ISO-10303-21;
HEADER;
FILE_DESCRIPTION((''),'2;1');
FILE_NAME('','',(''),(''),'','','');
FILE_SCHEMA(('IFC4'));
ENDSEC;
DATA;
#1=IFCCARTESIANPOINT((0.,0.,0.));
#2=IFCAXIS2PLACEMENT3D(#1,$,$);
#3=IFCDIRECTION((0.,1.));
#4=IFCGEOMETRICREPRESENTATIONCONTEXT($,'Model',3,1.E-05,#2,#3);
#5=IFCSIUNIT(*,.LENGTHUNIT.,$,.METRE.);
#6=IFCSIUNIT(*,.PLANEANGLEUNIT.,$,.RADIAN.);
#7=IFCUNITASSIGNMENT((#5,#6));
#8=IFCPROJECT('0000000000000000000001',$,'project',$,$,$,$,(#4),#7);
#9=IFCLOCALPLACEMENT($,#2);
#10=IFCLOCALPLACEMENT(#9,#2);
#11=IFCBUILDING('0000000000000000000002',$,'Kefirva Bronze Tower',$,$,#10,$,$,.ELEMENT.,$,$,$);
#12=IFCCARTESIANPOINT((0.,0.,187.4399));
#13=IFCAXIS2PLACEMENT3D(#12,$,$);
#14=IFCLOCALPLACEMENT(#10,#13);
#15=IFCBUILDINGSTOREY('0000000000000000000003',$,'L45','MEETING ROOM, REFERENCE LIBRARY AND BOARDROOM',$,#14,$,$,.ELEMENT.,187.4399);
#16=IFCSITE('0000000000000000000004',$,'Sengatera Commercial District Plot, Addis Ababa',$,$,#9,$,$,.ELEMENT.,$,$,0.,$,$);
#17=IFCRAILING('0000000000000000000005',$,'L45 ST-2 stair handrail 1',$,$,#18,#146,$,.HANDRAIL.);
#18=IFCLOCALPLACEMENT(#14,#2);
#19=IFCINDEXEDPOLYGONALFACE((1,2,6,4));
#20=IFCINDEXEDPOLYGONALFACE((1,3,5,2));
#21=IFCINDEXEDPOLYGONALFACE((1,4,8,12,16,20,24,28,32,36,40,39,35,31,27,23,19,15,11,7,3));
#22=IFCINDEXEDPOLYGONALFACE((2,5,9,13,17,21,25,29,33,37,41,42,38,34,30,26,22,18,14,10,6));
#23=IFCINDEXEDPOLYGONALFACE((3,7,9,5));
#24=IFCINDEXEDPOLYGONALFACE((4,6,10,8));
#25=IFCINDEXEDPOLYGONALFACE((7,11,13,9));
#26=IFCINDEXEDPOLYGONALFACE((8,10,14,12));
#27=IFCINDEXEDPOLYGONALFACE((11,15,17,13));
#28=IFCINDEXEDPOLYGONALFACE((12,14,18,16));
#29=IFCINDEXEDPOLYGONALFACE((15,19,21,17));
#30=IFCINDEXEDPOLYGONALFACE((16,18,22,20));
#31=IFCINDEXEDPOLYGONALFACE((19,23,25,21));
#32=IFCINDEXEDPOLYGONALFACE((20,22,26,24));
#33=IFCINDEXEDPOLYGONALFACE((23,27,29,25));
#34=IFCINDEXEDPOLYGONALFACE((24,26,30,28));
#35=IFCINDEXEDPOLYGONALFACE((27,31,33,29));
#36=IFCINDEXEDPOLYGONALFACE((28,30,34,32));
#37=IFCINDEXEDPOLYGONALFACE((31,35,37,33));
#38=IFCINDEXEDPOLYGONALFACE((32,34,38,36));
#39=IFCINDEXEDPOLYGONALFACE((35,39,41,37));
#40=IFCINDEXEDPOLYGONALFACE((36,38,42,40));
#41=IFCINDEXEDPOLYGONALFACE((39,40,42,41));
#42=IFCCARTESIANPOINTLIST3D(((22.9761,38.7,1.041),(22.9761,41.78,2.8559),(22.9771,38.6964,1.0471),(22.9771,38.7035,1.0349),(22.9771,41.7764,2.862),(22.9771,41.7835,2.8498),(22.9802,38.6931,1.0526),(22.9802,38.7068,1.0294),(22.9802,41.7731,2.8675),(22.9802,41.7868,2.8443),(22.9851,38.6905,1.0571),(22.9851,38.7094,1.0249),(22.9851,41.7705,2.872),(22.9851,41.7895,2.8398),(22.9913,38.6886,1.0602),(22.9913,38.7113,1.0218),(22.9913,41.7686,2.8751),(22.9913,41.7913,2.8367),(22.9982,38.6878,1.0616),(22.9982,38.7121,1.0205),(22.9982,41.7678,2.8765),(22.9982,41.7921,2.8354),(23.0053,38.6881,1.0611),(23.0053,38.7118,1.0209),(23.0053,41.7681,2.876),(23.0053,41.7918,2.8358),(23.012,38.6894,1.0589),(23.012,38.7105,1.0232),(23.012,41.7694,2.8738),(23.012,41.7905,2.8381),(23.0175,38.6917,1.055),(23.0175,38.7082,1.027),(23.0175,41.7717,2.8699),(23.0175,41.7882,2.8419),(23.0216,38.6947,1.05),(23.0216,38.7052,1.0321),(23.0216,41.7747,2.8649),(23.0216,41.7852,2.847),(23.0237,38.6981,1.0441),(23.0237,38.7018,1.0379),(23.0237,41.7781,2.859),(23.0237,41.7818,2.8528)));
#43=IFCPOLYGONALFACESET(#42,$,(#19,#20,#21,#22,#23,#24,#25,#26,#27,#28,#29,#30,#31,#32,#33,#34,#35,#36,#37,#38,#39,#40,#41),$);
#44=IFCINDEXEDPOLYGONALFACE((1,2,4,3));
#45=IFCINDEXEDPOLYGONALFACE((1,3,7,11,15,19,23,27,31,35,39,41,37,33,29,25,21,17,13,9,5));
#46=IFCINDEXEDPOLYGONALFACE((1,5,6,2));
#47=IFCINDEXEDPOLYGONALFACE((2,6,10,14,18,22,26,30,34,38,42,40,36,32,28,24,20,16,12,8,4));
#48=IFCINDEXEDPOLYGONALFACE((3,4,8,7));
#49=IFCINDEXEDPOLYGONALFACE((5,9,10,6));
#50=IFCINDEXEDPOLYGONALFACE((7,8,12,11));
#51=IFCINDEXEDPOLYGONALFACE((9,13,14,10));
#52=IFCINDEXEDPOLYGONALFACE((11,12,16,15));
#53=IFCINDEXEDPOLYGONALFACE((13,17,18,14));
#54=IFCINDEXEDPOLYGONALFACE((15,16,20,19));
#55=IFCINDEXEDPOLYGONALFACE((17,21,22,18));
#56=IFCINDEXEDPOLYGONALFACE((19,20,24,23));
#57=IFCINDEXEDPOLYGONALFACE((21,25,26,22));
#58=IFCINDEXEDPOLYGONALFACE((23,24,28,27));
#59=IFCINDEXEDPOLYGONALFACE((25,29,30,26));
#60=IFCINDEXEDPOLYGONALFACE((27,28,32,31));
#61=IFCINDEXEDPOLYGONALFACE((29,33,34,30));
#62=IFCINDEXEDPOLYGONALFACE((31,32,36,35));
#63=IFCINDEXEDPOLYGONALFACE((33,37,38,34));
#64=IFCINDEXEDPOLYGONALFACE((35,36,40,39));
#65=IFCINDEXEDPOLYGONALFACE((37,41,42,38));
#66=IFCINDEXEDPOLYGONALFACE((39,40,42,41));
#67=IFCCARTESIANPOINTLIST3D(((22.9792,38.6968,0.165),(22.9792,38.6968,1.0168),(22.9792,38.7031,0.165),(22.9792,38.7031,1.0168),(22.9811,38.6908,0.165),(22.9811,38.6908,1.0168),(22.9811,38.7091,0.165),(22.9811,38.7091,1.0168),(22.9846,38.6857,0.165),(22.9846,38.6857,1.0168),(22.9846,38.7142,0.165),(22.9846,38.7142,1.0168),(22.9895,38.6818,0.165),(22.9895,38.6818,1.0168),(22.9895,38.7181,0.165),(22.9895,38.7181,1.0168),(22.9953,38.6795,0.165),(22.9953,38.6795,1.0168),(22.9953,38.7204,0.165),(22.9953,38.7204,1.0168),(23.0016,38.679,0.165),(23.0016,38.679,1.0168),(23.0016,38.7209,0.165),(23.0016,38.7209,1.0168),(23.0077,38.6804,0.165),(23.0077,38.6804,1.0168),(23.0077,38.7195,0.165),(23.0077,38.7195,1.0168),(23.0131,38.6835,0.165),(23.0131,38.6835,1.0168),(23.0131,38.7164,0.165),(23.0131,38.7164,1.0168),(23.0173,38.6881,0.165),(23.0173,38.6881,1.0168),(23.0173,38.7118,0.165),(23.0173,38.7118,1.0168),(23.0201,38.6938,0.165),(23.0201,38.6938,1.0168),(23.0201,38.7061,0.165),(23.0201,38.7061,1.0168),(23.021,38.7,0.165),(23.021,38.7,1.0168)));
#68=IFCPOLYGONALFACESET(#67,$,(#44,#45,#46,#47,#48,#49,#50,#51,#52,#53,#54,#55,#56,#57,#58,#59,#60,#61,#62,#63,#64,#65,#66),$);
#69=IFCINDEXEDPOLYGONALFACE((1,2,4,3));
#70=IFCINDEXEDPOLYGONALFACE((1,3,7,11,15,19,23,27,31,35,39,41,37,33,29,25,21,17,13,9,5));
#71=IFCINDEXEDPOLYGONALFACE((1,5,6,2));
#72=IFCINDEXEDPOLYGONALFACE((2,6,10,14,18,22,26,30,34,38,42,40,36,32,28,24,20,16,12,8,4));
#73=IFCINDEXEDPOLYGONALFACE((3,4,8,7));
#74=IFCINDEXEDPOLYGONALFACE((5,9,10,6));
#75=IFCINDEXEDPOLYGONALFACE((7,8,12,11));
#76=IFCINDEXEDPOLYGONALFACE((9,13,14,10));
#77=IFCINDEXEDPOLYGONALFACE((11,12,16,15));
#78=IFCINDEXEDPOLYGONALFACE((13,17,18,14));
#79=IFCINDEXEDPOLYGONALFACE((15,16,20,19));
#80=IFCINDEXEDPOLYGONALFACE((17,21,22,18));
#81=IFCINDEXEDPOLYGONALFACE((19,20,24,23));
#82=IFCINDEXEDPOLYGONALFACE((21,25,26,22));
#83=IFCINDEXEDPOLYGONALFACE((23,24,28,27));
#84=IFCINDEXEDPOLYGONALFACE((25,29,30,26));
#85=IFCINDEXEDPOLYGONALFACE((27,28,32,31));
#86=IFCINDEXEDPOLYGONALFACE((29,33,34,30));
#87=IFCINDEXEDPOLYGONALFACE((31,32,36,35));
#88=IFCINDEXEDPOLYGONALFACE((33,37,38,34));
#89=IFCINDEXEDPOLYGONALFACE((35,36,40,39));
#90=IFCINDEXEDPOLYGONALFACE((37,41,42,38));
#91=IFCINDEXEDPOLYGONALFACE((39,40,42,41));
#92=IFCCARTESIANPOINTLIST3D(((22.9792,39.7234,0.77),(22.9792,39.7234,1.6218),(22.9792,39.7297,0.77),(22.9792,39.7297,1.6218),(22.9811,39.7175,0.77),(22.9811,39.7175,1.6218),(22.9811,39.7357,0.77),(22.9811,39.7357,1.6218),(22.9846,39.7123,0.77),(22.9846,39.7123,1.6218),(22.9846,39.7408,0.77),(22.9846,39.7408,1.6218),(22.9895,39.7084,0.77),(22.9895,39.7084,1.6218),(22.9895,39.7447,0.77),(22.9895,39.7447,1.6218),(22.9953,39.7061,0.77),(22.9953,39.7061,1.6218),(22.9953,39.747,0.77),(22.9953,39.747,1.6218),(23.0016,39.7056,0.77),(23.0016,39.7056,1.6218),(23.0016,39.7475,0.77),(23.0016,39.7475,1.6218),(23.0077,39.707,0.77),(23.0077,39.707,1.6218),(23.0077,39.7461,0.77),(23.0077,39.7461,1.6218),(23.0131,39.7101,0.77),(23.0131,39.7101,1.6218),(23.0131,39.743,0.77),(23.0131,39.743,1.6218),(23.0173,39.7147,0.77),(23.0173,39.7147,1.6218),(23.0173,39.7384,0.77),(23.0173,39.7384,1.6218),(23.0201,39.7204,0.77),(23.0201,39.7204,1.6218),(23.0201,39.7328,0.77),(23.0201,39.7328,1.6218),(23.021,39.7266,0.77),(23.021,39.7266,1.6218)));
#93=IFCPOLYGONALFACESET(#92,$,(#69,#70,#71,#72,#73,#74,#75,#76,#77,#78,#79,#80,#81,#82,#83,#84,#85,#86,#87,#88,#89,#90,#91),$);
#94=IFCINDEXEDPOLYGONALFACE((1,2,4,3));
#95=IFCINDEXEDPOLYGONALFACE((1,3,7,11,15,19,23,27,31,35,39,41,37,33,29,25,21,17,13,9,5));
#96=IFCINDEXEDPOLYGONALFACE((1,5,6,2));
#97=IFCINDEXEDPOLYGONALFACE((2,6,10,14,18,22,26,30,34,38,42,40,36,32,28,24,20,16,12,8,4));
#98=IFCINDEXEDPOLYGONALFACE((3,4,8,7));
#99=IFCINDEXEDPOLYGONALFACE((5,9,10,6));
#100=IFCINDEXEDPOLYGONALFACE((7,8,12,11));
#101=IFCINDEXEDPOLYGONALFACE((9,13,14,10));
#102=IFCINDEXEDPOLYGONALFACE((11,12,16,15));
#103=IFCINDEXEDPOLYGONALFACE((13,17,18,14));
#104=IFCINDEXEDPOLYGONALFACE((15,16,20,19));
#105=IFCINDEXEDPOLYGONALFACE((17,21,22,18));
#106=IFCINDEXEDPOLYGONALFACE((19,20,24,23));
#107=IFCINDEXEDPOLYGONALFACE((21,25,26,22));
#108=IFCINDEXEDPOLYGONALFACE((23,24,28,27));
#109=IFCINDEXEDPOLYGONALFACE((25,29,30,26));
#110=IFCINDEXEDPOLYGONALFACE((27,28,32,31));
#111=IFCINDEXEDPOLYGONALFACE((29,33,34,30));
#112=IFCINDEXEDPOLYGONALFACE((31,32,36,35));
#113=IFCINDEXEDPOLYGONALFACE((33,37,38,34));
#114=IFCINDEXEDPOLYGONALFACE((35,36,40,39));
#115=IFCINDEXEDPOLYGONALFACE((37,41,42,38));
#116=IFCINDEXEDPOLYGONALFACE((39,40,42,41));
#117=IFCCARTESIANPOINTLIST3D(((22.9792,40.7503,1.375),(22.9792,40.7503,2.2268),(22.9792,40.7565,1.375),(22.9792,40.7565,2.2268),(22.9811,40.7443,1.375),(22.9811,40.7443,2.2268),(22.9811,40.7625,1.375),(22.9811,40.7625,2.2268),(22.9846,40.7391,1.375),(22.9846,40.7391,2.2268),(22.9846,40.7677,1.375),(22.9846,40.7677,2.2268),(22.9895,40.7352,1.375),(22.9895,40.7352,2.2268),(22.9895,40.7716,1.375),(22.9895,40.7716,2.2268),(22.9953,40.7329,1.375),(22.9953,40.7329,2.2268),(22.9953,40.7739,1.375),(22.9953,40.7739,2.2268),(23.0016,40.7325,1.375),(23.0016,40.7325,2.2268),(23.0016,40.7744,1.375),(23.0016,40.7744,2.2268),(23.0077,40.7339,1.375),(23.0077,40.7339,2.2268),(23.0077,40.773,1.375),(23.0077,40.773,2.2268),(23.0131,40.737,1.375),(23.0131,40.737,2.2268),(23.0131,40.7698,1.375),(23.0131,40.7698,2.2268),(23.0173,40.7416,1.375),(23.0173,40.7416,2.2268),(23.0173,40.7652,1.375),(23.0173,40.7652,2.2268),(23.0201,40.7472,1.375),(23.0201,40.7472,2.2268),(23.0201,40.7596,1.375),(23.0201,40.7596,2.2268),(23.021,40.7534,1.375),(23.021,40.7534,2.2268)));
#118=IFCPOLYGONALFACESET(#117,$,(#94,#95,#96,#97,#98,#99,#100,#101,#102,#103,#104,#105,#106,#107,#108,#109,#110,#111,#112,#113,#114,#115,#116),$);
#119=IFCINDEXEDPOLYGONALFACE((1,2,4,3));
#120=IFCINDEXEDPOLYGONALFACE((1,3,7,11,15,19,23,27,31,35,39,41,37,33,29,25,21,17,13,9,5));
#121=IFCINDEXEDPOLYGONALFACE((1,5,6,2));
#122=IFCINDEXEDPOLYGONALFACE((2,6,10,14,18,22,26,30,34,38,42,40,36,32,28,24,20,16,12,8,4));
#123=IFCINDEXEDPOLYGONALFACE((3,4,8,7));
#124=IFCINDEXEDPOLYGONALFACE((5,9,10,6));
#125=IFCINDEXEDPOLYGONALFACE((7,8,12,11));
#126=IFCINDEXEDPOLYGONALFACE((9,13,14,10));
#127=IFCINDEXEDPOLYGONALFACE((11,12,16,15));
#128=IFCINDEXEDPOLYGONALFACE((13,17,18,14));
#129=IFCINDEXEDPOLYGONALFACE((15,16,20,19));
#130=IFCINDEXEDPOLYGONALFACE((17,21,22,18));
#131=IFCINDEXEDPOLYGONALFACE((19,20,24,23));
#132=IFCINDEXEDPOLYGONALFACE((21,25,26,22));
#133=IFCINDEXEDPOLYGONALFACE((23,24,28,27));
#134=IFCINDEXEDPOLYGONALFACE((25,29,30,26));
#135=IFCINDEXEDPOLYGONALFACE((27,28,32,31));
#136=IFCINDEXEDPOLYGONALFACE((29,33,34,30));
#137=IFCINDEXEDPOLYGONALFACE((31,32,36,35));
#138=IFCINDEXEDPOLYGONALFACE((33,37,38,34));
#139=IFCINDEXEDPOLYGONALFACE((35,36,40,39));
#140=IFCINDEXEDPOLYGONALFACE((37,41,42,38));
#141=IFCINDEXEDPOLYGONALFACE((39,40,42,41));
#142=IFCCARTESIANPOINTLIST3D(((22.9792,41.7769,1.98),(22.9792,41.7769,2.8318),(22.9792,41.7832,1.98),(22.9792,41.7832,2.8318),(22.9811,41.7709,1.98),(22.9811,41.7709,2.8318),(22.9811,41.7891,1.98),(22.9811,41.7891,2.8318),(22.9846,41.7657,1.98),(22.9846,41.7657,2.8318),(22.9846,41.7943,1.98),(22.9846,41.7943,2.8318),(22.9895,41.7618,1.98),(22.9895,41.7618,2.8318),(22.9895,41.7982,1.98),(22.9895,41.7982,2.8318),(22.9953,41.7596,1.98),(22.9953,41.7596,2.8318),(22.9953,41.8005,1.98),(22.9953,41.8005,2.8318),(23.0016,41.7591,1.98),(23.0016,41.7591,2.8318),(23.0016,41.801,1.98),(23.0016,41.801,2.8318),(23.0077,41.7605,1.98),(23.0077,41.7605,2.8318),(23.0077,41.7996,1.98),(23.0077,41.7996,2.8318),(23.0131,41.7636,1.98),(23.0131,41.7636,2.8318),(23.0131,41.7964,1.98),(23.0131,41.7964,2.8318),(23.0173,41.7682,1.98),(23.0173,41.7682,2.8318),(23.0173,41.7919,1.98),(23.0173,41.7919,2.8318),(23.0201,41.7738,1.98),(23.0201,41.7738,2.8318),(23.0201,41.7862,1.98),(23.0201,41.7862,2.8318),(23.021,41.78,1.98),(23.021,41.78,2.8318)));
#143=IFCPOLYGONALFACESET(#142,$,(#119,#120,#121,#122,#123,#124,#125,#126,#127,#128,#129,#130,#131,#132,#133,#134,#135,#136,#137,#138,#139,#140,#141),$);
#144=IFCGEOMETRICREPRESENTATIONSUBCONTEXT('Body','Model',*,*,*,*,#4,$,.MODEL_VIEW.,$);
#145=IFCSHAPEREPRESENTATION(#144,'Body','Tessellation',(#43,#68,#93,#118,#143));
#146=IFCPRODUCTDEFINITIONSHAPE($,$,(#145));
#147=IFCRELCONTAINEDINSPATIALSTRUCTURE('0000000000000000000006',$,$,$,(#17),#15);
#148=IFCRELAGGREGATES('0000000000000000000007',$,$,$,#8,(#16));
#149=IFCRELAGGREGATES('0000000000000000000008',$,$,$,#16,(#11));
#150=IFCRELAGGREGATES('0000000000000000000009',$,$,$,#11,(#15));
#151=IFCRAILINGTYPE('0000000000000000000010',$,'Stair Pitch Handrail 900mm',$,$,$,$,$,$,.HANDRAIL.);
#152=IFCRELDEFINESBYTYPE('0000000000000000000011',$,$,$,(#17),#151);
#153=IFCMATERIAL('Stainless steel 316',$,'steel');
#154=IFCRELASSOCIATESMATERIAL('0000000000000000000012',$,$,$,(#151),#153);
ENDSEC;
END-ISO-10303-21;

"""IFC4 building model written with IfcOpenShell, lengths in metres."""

from ifc_helpers import new_model, si_unit, direction, frame, origin, origin_2d, place, context, subcontext, project, spatial, circle, extrude, material, type_object, element, save


model = new_model("IFC4")

# Units and contexts
model_context = context("Model", 3, precision=1e-05, world=origin(), true_north=direction((0.0, 1.0)))
body_context = subcontext(model_context, "Body", "Model", "MODEL_VIEW")
ifc_project = project(units=[si_unit("LENGTHUNIT", "METRE"), si_unit("PLANEANGLEUNIT", "RADIAN")], contexts=[model_context])

# Site, building, storey
site_placement = place(None, origin())
site = spatial("IfcSite", under=ifc_project, at=site_placement, Name="Sengatera Commercial District Plot, Addis Ababa", CompositionType="ELEMENT", RefElevation=0.0)
building_placement = place(site_placement, origin())
building = spatial("IfcBuilding", under=site, at=building_placement, Name="Kefirva Bronze Tower", CompositionType="ELEMENT")
storey_placement = place(building_placement, frame((0.0, 0.0, 187.4399)))
storey = spatial("IfcBuildingStorey", under=building, at=storey_placement, Name="L45", Description="MEETING ROOM, REFERENCE LIBRARY AND BOARDROOM", CompositionType="ELEMENT", Elevation=187.4399)

# Railing
ifc_material_1 = material(Name="Stainless steel 316", Category="steel")
railing_type_1 = type_object("IfcRailingType", Name="Stair Pitch Handrail 900mm", PredefinedType="HANDRAIL", material=ifc_material_1)
railing_1_placement = place(storey_placement, frame((23.0, 38.7, 0.165)))
element("IfcRailing", 1, at=railing_1_placement, inside=storey, type_object=railing_type_1, Name="L45 ST-2 stair handrail 1", PredefinedType="HANDRAIL", context=body_context, shape_type="SweptSolid", body=[
    extrude(circle(Radius=0.0239, at=origin_2d()), frame((0.0, 0.0, 0.876), z_axis=(0.0, 0.861551, 0.507671), x_axis=(-1.0, 0.0, 0.0)), (0.0, 0.0, 1.0), 3.575),
    extrude(circle(Radius=0.021, at=origin_2d()), origin(), (0.0, 0.0, 1.0), 0.8518),
    extrude(circle(Radius=0.021, at=origin_2d()), frame((0.0, 1.0266, 0.605)), (0.0, 0.0, 1.0), 0.8518),
    extrude(circle(Radius=0.021, at=origin_2d()), frame((0.0, 2.0535, 1.21)), (0.0, 0.0, 1.0), 0.8518),
    extrude(circle(Radius=0.021, at=origin_2d()), frame((0.0, 3.0801, 1.8149)), (0.0, 0.0, 1.0), 0.8518),
])

save(model, "model.ifc")
